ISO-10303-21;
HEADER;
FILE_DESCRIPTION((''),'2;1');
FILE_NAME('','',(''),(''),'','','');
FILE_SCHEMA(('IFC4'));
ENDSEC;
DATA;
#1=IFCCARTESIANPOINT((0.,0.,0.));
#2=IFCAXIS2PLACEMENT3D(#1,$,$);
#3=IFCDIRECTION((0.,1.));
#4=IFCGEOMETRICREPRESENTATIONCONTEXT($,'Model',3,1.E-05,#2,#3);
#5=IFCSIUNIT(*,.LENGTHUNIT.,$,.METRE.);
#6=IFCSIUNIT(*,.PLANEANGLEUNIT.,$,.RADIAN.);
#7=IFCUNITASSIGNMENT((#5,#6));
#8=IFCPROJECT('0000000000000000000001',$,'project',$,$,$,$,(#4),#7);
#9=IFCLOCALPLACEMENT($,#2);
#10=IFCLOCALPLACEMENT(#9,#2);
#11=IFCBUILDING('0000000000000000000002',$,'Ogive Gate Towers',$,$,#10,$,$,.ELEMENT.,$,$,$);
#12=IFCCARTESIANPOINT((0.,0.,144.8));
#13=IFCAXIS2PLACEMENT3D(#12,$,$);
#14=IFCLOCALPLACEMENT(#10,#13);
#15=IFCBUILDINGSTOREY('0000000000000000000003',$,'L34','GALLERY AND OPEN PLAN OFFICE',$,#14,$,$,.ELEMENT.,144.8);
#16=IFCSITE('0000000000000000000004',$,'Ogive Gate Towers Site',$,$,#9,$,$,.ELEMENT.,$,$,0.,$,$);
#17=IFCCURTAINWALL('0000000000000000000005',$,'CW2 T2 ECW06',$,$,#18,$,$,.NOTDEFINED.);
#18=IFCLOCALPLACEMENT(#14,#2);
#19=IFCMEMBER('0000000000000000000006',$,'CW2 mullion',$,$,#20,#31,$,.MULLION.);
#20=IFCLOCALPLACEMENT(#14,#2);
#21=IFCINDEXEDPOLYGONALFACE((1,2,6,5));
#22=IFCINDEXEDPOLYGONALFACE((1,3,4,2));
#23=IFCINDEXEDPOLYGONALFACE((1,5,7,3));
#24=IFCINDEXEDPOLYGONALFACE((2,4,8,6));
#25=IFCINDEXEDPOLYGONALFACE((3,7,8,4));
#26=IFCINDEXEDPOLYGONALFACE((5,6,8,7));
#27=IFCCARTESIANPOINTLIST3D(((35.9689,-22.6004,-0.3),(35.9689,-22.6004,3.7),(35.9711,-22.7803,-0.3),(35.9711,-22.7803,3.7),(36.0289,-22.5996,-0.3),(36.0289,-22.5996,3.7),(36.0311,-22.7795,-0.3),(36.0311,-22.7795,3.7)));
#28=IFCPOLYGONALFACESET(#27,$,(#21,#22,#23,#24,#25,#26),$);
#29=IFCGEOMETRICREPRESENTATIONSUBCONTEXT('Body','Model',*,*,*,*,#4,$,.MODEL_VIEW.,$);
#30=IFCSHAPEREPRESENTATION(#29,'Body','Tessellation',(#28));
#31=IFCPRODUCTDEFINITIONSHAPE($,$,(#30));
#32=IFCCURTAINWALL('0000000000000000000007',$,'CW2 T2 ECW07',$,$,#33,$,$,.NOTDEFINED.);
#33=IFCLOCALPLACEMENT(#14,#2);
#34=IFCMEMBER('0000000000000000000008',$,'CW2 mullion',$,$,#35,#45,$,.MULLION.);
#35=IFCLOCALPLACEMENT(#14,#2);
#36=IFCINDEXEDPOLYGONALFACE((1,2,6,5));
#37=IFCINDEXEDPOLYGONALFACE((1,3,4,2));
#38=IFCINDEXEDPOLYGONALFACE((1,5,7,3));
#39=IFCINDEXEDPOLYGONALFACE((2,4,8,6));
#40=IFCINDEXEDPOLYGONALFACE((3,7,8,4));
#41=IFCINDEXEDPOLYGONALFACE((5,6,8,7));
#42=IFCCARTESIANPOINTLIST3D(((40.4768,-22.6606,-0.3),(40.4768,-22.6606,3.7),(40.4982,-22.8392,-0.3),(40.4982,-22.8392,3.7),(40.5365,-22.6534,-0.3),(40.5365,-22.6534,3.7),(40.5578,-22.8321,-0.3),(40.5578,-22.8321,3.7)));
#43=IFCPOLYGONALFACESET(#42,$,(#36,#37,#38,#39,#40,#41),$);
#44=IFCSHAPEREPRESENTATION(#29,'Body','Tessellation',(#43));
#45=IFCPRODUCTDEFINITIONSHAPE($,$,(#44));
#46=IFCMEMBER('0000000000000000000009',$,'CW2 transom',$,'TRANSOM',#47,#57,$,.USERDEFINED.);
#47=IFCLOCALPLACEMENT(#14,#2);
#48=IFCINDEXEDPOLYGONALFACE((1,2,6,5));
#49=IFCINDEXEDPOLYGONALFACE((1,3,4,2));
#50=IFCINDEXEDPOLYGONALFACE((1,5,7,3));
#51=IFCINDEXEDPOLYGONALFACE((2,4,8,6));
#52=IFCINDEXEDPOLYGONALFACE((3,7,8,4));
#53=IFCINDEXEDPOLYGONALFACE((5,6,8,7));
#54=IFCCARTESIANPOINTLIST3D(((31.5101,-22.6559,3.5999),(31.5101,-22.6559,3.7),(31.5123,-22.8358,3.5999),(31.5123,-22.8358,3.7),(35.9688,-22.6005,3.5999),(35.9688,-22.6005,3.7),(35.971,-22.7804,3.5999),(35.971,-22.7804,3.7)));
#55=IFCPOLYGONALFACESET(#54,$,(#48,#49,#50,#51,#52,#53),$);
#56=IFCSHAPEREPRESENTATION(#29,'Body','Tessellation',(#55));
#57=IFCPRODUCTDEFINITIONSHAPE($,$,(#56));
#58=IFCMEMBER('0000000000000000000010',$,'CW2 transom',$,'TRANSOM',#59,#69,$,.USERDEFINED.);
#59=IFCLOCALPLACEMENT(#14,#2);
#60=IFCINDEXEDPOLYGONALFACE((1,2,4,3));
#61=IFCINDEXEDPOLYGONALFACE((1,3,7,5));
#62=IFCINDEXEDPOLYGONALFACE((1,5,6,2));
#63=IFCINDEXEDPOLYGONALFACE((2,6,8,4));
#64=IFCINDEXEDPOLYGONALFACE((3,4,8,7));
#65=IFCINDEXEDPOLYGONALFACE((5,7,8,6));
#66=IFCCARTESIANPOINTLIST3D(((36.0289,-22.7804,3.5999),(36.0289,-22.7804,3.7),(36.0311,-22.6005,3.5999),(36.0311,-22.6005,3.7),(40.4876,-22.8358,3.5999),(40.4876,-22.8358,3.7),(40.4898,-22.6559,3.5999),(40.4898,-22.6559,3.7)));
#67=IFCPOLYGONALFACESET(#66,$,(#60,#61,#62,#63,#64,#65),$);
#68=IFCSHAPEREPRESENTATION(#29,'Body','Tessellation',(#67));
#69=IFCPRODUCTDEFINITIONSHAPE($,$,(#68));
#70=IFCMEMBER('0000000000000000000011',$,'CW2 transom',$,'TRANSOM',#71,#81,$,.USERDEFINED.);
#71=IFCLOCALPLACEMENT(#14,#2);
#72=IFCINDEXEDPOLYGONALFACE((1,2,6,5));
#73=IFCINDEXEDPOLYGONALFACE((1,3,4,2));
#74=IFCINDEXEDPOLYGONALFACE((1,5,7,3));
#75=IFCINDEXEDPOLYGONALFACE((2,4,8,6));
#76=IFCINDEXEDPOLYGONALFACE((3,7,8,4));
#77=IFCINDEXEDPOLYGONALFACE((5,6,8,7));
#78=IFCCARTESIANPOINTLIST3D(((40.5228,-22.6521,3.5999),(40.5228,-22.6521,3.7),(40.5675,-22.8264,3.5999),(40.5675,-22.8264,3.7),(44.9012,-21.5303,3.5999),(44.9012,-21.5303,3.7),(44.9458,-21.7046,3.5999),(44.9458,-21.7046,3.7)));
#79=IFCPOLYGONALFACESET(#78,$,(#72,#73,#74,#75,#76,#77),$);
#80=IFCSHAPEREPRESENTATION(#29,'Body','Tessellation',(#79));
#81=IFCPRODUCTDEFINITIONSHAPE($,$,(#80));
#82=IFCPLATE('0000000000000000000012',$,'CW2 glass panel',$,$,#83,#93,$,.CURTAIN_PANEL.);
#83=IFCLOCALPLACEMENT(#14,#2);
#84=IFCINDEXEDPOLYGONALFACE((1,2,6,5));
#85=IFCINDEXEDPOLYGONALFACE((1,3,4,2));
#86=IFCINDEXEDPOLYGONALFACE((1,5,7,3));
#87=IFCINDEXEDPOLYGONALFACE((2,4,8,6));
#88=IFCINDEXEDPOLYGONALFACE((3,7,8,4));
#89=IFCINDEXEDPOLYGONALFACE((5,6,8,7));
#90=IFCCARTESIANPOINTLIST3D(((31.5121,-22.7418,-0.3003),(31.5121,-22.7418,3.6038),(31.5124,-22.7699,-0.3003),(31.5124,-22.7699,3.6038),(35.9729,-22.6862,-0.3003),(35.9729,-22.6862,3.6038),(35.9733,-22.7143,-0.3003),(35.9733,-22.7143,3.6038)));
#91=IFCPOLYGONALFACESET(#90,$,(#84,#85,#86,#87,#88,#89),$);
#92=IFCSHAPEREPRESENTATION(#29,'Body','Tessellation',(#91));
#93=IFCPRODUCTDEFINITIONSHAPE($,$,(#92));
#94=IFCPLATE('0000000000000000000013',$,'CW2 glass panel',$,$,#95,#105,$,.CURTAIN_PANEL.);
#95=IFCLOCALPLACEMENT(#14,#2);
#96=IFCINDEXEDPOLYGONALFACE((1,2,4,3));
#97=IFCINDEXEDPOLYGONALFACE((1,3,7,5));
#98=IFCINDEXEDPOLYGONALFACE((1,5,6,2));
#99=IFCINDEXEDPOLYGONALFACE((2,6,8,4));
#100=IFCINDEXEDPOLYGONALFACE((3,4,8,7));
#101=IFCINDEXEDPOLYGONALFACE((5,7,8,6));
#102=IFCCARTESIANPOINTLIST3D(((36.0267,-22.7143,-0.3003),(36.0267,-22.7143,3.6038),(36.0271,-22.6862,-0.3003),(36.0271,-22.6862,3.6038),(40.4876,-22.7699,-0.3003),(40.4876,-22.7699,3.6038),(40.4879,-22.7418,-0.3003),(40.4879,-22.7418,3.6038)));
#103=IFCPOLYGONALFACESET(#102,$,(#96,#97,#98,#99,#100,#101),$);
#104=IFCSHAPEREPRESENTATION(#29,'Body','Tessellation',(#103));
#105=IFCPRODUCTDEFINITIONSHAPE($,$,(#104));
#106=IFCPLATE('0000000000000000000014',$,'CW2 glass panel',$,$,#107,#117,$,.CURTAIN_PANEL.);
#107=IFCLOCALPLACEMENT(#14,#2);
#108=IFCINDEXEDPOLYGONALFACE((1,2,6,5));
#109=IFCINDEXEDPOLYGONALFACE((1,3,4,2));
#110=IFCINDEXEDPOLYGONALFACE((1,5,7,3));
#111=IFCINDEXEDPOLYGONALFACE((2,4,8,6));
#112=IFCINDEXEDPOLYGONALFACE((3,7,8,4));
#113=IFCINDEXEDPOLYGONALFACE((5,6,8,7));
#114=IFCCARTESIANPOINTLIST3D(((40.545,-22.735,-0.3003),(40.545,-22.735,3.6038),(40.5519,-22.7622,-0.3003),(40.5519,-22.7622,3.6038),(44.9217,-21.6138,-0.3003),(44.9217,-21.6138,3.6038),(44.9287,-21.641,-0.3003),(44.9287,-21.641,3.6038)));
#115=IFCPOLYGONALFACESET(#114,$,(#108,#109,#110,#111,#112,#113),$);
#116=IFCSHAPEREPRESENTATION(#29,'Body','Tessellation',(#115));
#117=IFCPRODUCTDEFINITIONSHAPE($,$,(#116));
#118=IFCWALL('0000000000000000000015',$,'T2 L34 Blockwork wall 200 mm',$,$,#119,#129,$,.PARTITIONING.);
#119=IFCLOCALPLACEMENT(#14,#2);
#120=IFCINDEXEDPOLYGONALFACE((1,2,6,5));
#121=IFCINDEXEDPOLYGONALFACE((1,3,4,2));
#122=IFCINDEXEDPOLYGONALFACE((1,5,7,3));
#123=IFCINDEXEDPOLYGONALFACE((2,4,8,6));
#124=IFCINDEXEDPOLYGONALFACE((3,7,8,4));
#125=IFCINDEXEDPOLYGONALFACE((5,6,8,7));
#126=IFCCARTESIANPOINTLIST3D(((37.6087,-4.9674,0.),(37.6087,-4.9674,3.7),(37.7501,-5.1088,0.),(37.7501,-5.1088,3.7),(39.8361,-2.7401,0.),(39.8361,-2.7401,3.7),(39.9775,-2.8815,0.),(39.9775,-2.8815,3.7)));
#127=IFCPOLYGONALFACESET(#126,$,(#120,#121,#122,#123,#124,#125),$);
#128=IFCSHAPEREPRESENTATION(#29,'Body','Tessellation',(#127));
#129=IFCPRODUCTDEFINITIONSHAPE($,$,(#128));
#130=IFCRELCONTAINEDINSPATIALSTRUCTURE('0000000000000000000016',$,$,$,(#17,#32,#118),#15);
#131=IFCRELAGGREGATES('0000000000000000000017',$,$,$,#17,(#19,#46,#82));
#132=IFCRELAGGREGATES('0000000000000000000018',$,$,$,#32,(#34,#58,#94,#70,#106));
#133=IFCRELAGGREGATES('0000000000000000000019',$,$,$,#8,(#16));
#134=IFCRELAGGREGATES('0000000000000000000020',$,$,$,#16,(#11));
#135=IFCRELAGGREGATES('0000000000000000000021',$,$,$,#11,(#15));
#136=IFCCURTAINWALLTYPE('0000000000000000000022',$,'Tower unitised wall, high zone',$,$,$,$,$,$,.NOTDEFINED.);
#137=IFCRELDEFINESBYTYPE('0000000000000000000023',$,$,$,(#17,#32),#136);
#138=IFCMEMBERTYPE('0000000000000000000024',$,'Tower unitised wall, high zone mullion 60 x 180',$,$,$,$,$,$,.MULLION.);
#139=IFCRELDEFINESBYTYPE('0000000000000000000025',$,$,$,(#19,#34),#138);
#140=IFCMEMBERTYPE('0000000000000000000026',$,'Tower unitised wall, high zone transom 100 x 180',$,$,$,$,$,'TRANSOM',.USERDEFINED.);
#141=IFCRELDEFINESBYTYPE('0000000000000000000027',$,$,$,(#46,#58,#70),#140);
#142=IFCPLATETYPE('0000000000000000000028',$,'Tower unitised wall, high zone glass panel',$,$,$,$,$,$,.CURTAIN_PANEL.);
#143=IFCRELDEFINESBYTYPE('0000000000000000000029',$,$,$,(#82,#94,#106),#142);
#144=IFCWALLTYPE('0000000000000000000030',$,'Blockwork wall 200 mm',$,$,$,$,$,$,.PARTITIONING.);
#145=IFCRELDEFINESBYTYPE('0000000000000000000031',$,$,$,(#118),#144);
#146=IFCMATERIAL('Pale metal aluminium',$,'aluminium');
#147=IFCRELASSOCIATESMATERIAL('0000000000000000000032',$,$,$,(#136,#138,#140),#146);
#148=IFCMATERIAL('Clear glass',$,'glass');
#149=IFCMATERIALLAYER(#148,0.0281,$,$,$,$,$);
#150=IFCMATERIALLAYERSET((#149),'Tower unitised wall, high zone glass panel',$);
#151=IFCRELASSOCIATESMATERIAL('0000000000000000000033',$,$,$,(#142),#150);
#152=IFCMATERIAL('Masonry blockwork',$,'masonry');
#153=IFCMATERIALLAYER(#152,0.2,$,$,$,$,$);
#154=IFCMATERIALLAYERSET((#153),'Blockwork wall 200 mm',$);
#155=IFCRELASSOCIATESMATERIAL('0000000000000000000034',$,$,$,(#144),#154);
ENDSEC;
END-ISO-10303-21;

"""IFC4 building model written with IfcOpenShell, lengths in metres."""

from ifc_helpers import new_model, si_unit, direction, frame, frame_2d, origin, origin_2d, place, context, subcontext, project, spatial, rectangle, extrude, material, layer, layer_set, material_profile, profile_set, type_object, element, aggregate, save


model = new_model("IFC4")

# Units and contexts
model_context = context("Model", 3, precision=1e-05, world=origin(), true_north=direction((0.0, 1.0)))
body_context = subcontext(model_context, "Body", "Model", "MODEL_VIEW")
ifc_project = project(units=[si_unit("LENGTHUNIT", "METRE"), si_unit("PLANEANGLEUNIT", "RADIAN")], contexts=[model_context])

# Site, building, storey
site_placement = place(None, origin())
site = spatial("IfcSite", under=ifc_project, at=site_placement, Name="Ogive Gate Towers Site", CompositionType="ELEMENT", RefElevation=0.0)
building_placement = place(site_placement, origin())
building = spatial("IfcBuilding", under=site, at=building_placement, Name="Ogive Gate Towers", CompositionType="ELEMENT")
storey_placement = place(building_placement, frame((0.0, 0.0, 144.8)))
storey = spatial("IfcBuildingStorey", under=building, at=storey_placement, Name="L34", Description="GALLERY AND OPEN PLAN OFFICE", CompositionType="ELEMENT", Elevation=144.8)

# Curtain walls, members
ifc_material_1 = material(Name="Pale metal aluminium", Category="aluminium")
curtain_wall_type = type_object("IfcCurtainWallType", Name="Tower unitised wall, high zone", PredefinedType="NOTDEFINED", material=ifc_material_1)
curtain_wall_1_placement = place(storey_placement, origin())
curtain_wall_1 = element("IfcCurtainWall", 1, at=curtain_wall_1_placement, inside=storey, type_object=curtain_wall_type, Name="CW2 T2 ECW06", PredefinedType="NOTDEFINED")
ifc_material_profile_1 = material_profile(ifc_material_1, rectangle(XDim=0.1799, YDim=0.0601, at=origin_2d()), Name="60 x 180 aluminium box")
ifc_profile_set_1 = profile_set([ifc_material_profile_1], Name="Pale metal aluminium")
member_type_1 = type_object("IfcMemberType", Name="Tower unitised wall, high zone mullion 60 x 180", PredefinedType="MULLION", material=ifc_profile_set_1)
member_1_placement = place(storey_placement, frame((36.0, -22.6899, -0.3), z_axis=(0.0, 0.0, 1.0), x_axis=(0.012461, -0.999922, 0.0)))
member_1 = element("IfcMember", 2, at=member_1_placement, type_object=member_type_1, Name="CW2 mullion", PredefinedType="MULLION", context=body_context, shape_type="SweptSolid", body=[
    extrude(rectangle(XDim=0.1799, YDim=0.0601, at=origin_2d()), origin(), (0.0, 0.0, 1.0), 4.0),
])
curtain_wall_2_placement = place(storey_placement, origin())
curtain_wall_2 = element("IfcCurtainWall", 3, at=curtain_wall_2_placement, inside=storey, type_object=curtain_wall_type, Name="CW2 T2 ECW07", PredefinedType="NOTDEFINED")
member_2_placement = place(storey_placement, frame((40.5173, -22.7463, -0.3), z_axis=(0.0, 0.0, 1.0), x_axis=(0.118889, -0.992908, 0.0)))
member_2 = element("IfcMember", 4, at=member_2_placement, type_object=member_type_1, Name="CW2 mullion", PredefinedType="MULLION", context=body_context, shape_type="SweptSolid", body=[
    extrude(rectangle(XDim=0.1799, YDim=0.0601, at=origin_2d()), origin(), (0.0, 0.0, 1.0), 4.0),
])

# Members
ifc_material_profile_2 = material_profile(ifc_material_1, rectangle(XDim=0.1799, YDim=0.1001, at=origin_2d()), Name="100 x 180 aluminium box")
ifc_profile_set_2 = profile_set([ifc_material_profile_2], Name="Pale metal aluminium")
member_type_2 = type_object("IfcMemberType", Name="Tower unitised wall, high zone transom 100 x 180", ElementType="TRANSOM", PredefinedType="USERDEFINED", material=ifc_profile_set_2)
member_3_placement = place(storey_placement, frame((31.5112, -22.7458, 3.6499), z_axis=(0.999923, 0.012429, 0.0), x_axis=(-0.012429, 0.999923, 0.0)))
member_3 = element("IfcMember", 5, at=member_3_placement, type_object=member_type_2, Name="CW2 transom", ObjectType="TRANSOM", PredefinedType="USERDEFINED", context=body_context, shape_type="SweptSolid", body=[
    extrude(rectangle(XDim=0.1799, YDim=0.1001, at=origin_2d()), origin(), (0.0, 0.0, 1.0), 4.459),
])
member_4_placement = place(storey_placement, frame((36.03, -22.6904, 3.6499), z_axis=(0.999923, -0.012429, 0.0), x_axis=(0.012429, 0.999923, 0.0)))
member_4 = element("IfcMember", 6, at=member_4_placement, type_object=member_type_2, Name="CW2 transom", ObjectType="TRANSOM", PredefinedType="USERDEFINED", context=body_context, shape_type="SweptSolid", body=[
    extrude(rectangle(XDim=0.1799, YDim=0.1001, at=origin_2d()), origin(), (0.0, 0.0, 1.0), 4.459),
])
member_5_placement = place(storey_placement, frame((40.5452, -22.7393, 3.6499), z_axis=(0.968709, 0.2482, 0.0), x_axis=(-0.2482, 0.968709, 0.0)))
member_5 = element("IfcMember", 7, at=member_5_placement, type_object=member_type_2, Name="CW2 transom", ObjectType="TRANSOM", PredefinedType="USERDEFINED", context=body_context, shape_type="SweptSolid", body=[
    extrude(rectangle(XDim=0.1799, YDim=0.1001, at=origin_2d()), origin(), (0.0, 0.0, 1.0), 4.5198),
])

# Plates
ifc_material_2 = material(Name="Clear glass", Category="glass")
ifc_layer_1 = layer(ifc_material_2, 0.0281)
ifc_layer_set_1 = layer_set([ifc_layer_1], Name="Tower unitised wall, high zone glass panel")
plate_type = type_object("IfcPlateType", Name="Tower unitised wall, high zone glass panel", PredefinedType="CURTAIN_PANEL", material=ifc_layer_set_1)
plate_1_placement = place(storey_placement, frame((33.7427, -22.728, -0.3003), z_axis=(0.0, 0.0, 1.0), x_axis=(0.999922, 0.012461, 0.0)))
plate_1 = element("IfcPlate", 8, at=plate_1_placement, type_object=plate_type, Name="CW2 glass panel", PredefinedType="CURTAIN_PANEL", context=body_context, shape_type="SweptSolid", body=[
    extrude(rectangle(XDim=4.4612, YDim=0.0281, at=origin_2d()), origin(), (0.0, 0.0, 1.0), 3.9041),
])
aggregate(curtain_wall_1, [member_1, member_3, plate_1])
plate_2_placement = place(storey_placement, frame((38.2573, -22.728, -0.3003), z_axis=(0.0, 0.0, 1.0), x_axis=(0.999922, -0.012461, 0.0)))
plate_2 = element("IfcPlate", 9, at=plate_2_placement, type_object=plate_type, Name="CW2 glass panel", PredefinedType="CURTAIN_PANEL", context=body_context, shape_type="SweptSolid", body=[
    extrude(rectangle(XDim=4.4612, YDim=0.0281, at=origin_2d()), origin(), (0.0, 0.0, 1.0), 3.9041),
])
plate_3_placement = place(storey_placement, frame((42.7368, -22.188, -0.3003), z_axis=(0.0, 0.0, 1.0), x_axis=(0.968718, 0.248166, 0.0)))
plate_3 = element("IfcPlate", 10, at=plate_3_placement, type_object=plate_type, Name="CW2 glass panel", PredefinedType="CURTAIN_PANEL", context=body_context, shape_type="SweptSolid", body=[
    extrude(rectangle(XDim=4.5181, YDim=0.0281, at=origin_2d()), origin(), (0.0, 0.0, 1.0), 3.9041),
])
aggregate(curtain_wall_2, [member_2, member_4, plate_2, member_5, plate_3])

# Wall
ifc_material_3 = material(Name="Masonry blockwork", Category="masonry")
ifc_layer_2 = layer(ifc_material_3, 0.2)
ifc_layer_set_2 = layer_set([ifc_layer_2], Name="Blockwork wall 200 mm")
wall_type_1 = type_object("IfcWallType", Name="Blockwork wall 200 mm", PredefinedType="PARTITIONING", material=ifc_layer_set_2)
wall_1_placement = place(storey_placement, frame((37.6794, -5.0381, 0.0), z_axis=(0.0, 0.0, 1.0), x_axis=(0.707107, 0.707107, 0.0)))
element("IfcWall", 11, at=wall_1_placement, inside=storey, type_object=wall_type_1, Name="T2 L34 Blockwork wall 200 mm", PredefinedType="PARTITIONING", context=body_context, shape_type="SweptSolid", body=[
    extrude(rectangle(XDim=3.1499, YDim=0.2, at=frame_2d((1.575, 0.0))), origin(), (0.0, 0.0, 1.0), 3.7),
])

save(model, "model.ifc")
